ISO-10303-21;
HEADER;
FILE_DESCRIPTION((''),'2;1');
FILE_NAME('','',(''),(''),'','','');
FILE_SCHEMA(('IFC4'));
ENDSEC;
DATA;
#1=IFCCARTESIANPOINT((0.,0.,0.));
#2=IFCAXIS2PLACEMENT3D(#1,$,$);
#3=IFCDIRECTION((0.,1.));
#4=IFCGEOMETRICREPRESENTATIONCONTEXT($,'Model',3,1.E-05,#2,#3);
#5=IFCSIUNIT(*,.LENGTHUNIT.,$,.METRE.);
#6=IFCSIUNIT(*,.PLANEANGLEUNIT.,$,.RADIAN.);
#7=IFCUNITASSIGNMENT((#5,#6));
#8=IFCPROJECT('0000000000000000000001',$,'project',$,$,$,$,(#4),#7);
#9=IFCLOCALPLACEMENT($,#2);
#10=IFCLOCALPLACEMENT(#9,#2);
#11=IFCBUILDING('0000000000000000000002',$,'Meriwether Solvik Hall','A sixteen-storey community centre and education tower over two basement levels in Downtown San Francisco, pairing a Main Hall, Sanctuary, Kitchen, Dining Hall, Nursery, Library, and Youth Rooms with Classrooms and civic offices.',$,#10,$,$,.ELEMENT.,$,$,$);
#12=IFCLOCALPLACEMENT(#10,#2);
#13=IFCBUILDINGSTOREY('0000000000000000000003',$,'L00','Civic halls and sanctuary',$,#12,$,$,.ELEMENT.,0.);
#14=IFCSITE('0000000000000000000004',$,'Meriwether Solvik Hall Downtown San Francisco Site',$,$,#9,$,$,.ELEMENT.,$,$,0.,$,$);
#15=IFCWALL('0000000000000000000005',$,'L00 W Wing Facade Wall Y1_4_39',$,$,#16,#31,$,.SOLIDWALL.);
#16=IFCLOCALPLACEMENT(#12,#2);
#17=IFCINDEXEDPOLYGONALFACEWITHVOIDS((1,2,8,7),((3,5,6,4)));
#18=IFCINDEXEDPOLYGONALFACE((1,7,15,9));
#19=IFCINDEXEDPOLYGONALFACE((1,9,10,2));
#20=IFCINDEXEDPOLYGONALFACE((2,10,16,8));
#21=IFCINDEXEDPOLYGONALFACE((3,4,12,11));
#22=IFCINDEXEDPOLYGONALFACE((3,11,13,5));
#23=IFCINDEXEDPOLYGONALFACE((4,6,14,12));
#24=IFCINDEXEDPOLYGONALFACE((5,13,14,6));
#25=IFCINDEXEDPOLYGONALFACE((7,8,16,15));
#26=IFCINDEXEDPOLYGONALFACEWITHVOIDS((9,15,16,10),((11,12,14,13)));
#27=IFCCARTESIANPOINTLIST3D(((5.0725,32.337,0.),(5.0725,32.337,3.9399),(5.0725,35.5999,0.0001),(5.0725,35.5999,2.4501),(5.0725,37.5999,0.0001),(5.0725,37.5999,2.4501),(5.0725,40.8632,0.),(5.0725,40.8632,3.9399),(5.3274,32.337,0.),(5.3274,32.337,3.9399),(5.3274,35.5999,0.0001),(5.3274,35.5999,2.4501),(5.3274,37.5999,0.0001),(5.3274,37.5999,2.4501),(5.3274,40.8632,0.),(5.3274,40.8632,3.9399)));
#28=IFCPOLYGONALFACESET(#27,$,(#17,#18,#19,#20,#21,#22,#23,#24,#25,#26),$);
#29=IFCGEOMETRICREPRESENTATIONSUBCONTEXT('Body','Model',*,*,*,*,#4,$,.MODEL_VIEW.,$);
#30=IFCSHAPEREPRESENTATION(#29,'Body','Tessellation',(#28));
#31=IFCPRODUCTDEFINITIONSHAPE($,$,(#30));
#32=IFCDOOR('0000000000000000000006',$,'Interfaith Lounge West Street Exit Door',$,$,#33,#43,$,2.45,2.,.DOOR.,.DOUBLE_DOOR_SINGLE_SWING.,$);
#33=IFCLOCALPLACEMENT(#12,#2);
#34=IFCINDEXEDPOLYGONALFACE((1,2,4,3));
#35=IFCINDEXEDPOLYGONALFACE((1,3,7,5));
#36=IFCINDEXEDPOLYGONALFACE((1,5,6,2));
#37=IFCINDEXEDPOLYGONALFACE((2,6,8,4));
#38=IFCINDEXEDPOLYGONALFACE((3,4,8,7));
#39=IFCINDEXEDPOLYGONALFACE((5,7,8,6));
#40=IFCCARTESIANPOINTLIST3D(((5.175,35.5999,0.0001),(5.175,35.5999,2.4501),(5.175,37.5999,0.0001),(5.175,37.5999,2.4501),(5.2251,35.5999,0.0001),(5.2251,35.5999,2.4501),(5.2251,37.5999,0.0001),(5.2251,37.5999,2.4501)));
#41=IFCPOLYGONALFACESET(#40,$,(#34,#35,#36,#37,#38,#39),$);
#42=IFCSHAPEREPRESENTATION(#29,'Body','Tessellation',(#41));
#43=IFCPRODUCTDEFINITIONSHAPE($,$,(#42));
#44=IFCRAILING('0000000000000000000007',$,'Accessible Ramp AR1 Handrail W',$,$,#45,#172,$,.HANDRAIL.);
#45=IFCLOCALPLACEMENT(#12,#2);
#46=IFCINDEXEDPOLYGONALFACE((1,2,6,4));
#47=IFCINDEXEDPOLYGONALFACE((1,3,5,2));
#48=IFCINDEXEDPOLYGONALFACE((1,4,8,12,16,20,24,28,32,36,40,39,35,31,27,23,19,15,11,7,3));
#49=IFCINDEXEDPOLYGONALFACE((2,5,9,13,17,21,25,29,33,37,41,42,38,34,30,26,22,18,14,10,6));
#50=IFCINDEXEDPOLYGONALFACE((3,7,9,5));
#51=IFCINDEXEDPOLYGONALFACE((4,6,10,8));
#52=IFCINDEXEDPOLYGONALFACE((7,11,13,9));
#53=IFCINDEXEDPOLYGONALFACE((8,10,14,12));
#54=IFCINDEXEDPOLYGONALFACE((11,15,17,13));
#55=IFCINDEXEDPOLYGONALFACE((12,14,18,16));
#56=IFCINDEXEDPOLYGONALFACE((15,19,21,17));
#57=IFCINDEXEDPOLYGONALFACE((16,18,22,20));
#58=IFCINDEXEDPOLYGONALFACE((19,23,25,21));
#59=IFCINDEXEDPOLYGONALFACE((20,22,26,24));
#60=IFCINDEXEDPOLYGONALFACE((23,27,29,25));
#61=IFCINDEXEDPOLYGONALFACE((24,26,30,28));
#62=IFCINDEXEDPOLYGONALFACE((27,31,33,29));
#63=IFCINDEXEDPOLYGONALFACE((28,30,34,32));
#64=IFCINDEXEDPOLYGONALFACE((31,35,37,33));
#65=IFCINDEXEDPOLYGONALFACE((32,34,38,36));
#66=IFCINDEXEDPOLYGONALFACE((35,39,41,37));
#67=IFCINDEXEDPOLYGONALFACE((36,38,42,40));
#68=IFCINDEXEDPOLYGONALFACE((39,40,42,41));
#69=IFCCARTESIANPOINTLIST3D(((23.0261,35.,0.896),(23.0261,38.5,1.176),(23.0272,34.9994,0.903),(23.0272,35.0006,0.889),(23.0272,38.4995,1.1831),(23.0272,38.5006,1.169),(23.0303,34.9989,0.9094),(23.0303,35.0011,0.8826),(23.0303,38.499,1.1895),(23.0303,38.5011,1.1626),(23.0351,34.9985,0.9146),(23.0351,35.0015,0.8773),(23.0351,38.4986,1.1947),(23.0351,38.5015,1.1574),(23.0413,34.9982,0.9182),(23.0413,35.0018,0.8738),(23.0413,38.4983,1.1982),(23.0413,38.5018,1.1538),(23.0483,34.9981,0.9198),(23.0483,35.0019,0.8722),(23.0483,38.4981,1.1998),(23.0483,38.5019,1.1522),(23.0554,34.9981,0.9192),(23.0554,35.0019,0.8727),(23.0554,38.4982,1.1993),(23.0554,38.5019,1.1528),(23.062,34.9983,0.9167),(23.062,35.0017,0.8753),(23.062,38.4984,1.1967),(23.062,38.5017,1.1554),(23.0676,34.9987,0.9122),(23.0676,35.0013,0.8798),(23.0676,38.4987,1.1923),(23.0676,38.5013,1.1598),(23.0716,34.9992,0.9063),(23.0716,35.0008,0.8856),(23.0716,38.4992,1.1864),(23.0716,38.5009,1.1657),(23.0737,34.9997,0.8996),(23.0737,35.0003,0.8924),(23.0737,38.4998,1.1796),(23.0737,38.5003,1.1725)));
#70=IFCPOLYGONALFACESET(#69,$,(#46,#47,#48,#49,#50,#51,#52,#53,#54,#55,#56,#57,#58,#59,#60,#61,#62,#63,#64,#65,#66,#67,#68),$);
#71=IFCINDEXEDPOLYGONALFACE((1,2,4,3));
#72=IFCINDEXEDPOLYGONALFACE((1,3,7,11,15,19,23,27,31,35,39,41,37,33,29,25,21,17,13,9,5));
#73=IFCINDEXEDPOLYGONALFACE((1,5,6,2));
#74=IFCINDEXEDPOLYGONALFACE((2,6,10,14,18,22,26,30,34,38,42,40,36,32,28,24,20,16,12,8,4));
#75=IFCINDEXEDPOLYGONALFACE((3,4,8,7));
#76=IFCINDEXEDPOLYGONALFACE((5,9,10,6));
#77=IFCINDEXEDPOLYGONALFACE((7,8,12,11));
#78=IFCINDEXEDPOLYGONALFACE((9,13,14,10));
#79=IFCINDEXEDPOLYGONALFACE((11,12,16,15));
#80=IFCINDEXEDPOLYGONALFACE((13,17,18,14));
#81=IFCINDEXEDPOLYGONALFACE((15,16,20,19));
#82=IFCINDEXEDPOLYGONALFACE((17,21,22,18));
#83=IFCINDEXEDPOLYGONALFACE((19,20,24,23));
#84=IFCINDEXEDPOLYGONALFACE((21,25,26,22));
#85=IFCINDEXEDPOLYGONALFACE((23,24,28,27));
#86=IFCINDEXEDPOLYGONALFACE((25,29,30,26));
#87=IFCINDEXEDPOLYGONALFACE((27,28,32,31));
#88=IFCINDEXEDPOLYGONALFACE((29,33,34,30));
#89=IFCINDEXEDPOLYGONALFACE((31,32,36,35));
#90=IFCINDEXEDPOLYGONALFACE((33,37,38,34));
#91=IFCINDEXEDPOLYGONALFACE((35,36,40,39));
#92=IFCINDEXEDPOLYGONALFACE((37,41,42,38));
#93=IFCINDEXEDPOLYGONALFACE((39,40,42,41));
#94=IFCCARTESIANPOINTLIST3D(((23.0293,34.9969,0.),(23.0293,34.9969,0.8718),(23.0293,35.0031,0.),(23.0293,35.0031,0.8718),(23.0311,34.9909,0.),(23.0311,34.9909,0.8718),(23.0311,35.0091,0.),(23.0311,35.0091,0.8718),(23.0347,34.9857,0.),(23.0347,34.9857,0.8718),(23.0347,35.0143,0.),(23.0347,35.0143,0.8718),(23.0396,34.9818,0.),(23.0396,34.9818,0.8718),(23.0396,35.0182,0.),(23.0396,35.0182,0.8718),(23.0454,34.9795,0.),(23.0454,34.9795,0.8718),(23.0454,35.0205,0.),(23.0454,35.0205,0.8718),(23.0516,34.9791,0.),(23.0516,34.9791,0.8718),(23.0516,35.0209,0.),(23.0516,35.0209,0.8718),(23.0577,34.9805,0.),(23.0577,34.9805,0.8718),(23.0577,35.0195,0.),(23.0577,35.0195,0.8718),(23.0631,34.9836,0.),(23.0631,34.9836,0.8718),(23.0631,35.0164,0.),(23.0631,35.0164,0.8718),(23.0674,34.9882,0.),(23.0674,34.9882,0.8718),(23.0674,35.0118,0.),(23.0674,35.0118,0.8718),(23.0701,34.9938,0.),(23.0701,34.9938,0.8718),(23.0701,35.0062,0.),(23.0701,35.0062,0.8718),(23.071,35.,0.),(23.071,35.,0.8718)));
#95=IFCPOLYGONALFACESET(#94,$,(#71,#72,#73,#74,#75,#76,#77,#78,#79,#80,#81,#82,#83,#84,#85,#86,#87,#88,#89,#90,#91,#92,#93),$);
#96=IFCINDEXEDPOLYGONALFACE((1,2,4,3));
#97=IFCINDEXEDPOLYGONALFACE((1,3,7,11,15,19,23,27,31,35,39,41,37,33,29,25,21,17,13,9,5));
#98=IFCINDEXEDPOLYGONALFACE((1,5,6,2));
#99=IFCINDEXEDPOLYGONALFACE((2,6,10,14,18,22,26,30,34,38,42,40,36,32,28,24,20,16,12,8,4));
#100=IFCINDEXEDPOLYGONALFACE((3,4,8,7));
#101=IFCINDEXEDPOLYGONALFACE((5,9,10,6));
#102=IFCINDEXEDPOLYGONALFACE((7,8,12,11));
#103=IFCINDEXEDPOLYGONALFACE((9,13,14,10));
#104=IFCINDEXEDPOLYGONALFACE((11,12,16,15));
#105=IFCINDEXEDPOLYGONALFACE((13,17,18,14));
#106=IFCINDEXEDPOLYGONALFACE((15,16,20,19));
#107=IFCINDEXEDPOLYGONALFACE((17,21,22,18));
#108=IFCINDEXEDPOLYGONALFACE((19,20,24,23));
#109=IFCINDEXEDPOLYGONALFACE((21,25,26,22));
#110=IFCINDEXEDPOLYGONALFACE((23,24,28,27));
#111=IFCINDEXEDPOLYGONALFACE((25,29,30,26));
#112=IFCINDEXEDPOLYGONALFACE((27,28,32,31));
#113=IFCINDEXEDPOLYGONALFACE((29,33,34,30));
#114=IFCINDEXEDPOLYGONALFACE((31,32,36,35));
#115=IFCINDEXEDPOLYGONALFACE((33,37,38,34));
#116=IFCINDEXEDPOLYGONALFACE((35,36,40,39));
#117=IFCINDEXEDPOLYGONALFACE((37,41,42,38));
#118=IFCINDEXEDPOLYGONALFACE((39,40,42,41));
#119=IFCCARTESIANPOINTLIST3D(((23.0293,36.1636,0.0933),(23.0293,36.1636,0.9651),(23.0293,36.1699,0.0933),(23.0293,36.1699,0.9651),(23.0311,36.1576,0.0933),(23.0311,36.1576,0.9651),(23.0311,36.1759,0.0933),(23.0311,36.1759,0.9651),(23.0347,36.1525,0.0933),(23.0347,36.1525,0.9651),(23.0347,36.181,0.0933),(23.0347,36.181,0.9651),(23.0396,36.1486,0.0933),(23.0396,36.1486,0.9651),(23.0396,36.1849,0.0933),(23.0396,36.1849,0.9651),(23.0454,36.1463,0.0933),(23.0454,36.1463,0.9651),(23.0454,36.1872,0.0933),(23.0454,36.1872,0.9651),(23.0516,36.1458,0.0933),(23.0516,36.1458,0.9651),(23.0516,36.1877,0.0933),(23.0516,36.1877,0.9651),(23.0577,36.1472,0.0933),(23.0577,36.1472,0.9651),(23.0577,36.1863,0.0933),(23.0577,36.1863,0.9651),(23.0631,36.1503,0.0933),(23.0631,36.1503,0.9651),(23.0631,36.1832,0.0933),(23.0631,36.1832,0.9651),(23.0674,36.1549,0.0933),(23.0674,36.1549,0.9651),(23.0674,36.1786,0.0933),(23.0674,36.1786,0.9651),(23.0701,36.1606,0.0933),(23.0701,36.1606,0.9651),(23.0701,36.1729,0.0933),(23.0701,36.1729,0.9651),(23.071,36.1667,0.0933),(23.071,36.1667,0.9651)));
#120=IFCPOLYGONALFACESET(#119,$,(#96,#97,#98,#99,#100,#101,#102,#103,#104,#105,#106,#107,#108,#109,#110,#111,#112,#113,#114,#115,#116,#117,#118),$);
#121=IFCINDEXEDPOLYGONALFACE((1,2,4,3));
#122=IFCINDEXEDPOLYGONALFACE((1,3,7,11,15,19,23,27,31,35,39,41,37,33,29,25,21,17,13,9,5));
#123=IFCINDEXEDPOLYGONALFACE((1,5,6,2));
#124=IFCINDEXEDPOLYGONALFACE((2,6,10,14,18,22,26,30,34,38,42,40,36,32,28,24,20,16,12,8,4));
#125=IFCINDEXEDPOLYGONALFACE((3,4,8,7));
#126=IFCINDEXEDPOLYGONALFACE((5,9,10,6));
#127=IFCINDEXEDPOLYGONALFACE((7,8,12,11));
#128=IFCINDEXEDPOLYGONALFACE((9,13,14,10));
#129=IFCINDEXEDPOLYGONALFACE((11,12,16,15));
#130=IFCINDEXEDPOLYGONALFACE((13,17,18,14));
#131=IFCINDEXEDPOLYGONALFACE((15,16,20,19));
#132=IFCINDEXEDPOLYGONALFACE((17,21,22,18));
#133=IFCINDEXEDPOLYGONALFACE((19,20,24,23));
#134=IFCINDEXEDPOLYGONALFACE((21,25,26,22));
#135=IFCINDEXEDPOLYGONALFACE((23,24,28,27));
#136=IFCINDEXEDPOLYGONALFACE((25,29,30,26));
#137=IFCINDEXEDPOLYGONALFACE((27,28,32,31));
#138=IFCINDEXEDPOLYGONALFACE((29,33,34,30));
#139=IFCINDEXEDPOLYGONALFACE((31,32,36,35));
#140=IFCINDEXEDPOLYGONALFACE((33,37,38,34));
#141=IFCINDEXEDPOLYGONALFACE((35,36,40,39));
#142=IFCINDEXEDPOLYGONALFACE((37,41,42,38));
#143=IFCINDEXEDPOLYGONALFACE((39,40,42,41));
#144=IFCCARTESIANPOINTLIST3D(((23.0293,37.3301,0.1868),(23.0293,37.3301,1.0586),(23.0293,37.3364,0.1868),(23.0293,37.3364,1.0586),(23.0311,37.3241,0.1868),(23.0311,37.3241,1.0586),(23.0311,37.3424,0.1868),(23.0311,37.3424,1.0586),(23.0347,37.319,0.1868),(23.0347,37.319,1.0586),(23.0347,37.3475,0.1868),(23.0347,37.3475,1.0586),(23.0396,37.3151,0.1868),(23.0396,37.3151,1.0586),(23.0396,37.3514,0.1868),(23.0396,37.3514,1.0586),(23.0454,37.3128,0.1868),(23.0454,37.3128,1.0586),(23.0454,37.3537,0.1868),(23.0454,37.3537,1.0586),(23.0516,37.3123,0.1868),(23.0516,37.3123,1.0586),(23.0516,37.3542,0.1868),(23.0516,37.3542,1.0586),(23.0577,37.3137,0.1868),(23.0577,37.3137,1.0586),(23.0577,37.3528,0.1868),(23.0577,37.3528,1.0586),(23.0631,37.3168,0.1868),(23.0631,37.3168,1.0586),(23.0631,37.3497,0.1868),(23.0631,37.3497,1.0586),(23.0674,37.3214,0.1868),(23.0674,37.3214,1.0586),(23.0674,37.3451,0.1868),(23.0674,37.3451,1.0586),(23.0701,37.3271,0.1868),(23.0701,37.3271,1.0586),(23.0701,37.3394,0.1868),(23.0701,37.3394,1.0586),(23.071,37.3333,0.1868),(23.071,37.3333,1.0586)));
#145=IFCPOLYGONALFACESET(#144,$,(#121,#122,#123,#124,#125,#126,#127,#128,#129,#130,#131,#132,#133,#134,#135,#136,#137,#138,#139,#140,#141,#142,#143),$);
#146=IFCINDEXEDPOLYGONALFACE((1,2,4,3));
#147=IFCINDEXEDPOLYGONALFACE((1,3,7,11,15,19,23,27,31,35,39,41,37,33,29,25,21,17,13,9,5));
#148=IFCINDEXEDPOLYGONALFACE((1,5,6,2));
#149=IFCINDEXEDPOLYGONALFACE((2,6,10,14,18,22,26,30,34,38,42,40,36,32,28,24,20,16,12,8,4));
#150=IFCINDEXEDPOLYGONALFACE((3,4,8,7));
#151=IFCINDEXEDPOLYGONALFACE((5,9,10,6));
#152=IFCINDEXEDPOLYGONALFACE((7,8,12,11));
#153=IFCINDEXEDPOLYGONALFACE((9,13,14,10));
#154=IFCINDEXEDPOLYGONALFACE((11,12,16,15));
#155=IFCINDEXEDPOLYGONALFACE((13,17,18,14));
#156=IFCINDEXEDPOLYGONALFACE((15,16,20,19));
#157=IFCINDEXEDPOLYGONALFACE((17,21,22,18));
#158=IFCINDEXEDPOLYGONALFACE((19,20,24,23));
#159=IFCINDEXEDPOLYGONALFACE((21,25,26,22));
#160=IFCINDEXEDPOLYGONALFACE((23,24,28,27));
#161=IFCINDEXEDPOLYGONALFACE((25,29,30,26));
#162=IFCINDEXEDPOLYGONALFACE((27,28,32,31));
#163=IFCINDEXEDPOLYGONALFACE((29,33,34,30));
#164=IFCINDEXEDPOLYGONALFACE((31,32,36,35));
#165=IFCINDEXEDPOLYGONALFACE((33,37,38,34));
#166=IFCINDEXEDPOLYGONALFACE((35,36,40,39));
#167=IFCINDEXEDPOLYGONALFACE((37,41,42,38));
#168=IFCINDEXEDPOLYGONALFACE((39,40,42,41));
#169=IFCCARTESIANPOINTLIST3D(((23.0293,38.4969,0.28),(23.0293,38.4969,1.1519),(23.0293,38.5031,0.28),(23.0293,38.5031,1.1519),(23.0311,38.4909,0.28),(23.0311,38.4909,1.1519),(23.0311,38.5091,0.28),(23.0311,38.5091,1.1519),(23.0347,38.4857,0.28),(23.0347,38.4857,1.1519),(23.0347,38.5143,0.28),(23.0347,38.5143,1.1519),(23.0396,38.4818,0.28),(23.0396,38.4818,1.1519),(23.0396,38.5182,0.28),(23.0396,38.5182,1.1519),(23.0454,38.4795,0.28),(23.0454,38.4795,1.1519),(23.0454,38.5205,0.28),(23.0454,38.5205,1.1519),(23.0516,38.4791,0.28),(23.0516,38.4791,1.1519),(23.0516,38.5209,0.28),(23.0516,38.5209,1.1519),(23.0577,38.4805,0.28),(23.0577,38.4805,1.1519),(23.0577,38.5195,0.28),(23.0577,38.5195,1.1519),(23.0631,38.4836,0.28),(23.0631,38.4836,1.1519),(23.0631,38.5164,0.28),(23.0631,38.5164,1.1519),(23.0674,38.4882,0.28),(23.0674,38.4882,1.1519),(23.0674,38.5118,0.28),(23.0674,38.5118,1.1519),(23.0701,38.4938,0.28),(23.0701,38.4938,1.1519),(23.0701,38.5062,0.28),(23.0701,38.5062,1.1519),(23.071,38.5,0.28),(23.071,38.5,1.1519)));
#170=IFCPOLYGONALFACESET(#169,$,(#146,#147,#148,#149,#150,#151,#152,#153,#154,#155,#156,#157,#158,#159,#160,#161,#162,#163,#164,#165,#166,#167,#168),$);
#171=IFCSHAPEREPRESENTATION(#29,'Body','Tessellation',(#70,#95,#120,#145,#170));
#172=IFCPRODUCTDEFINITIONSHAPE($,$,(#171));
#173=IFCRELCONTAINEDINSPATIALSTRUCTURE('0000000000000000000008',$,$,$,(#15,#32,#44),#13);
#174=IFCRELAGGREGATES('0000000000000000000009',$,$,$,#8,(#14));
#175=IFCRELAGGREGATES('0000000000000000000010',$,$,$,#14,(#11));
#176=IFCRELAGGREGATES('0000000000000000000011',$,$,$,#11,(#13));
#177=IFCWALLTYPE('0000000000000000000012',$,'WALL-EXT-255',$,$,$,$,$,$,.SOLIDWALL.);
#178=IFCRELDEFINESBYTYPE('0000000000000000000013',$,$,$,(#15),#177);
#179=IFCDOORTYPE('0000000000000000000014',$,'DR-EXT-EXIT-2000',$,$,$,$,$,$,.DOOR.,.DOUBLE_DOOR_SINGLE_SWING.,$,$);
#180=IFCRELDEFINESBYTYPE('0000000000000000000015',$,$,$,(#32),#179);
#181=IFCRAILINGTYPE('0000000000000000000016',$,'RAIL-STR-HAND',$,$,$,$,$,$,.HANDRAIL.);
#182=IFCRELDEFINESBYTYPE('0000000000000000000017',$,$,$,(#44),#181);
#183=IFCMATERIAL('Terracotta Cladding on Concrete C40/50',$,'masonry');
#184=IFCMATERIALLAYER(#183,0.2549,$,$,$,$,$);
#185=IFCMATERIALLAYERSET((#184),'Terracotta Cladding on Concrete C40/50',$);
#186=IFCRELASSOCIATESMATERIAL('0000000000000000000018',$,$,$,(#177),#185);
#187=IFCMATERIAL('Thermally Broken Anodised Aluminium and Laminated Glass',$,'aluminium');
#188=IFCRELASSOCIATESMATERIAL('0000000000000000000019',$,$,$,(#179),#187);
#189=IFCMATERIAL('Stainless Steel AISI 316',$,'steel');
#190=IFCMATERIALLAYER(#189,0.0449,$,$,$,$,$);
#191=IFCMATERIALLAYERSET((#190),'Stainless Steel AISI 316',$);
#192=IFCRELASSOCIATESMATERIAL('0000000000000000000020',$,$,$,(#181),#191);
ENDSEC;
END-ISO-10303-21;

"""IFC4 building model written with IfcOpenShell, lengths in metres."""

from ifc_helpers import new_model, si_unit, direction, frame, frame_2d, origin, origin_2d, place, context, subcontext, project, spatial, rectangle, circle, extrude, material, layer, layer_set, type_object, element, fill, save


model = new_model("IFC4")

# Units and contexts
model_context = context("Model", 3, precision=1e-05, world=origin(), true_north=direction((0.0, 1.0)))
body_context = subcontext(model_context, "Body", "Model", "MODEL_VIEW")
ifc_project = project(units=[si_unit("LENGTHUNIT", "METRE"), si_unit("PLANEANGLEUNIT", "RADIAN")], contexts=[model_context])

# Site, building, storey
site_placement = place(None, origin())
site = spatial("IfcSite", under=ifc_project, at=site_placement, Name="Meriwether Solvik Hall Downtown San Francisco Site", CompositionType="ELEMENT", RefElevation=0.0)
building_placement = place(site_placement, origin())
building = spatial("IfcBuilding", under=site, at=building_placement, Name="Meriwether Solvik Hall", Description="A sixteen-storey community centre and education tower over two basement levels in Downtown San Francisco, pairing a Main Hall, Sanctuary, Kitchen, Dining Hall, Nursery, Library, and Youth Rooms with Classrooms and civic offices.", CompositionType="ELEMENT")
storey_placement = place(building_placement, origin())
storey = spatial("IfcBuildingStorey", under=building, at=storey_placement, Name="L00", Description="Civic halls and sanctuary", CompositionType="ELEMENT", Elevation=0.0)

# Wall, opening, door
ifc_material_1 = material(Name="Terracotta Cladding on Concrete C40/50", Category="masonry")
ifc_layer_1 = layer(ifc_material_1, 0.2549)
ifc_layer_set_1 = layer_set([ifc_layer_1], Name="Terracotta Cladding on Concrete C40/50")
wall_type_1 = type_object("IfcWallType", Name="WALL-EXT-255", PredefinedType="SOLIDWALL", material=ifc_layer_set_1)
wall_1_placement = place(storey_placement, frame((5.2, 32.3369, 0.0), z_axis=(0.0, 0.0, 1.0), x_axis=(0.0, 1.0, 0.0)))
wall_1 = element("IfcWall", 1, at=wall_1_placement, inside=storey, type_object=wall_type_1, Name="L00 W Wing Facade Wall Y1_4_39", PredefinedType="SOLIDWALL", context=body_context, shape_type="SweptSolid", body=[
    extrude(rectangle(XDim=8.5261, YDim=0.2549, at=frame_2d((4.2632, 0.0))), origin(), (0.0, 0.0, 1.0), 3.9399),
])
opening_1_placement = place(wall_1_placement, frame((3.2629, 0.0, 0.0)))
opening_1 = element("IfcOpeningElement", 2, at=opening_1_placement, cuts=wall_1, PredefinedType="OPENING", context=body_context, shape_type="SweptSolid", body=[
    extrude(rectangle(XDim=2.0, YDim=2.45, at=frame_2d((1.0, 1.2251))), frame((0.0, 0.1394, 0.0), z_axis=(0.0, -1.0, 0.0), x_axis=(1.0, 0.0, 0.0)), (0.0, 0.0, 1.0), 0.2788),
])
ifc_material_2 = material(Name="Thermally Broken Anodised Aluminium and Laminated Glass", Category="aluminium")
door_type_1 = type_object("IfcDoorType", Name="DR-EXT-EXIT-2000", OperationType="DOUBLE_DOOR_SINGLE_SWING", PredefinedType="DOOR", material=ifc_material_2)
door_1_placement = place(opening_1_placement, origin())
door_1 = element("IfcDoor", 3, at=door_1_placement, inside=storey, type_object=door_type_1, Name="Interfaith Lounge West Street Exit Door", OperationType="DOUBLE_DOOR_SINGLE_SWING", OverallHeight=2.45, OverallWidth=2.0, PredefinedType="DOOR", context=body_context, shape_type="SweptSolid", body=[
    extrude(rectangle(XDim=2.0, YDim=2.45, at=frame_2d((1.0, 1.2251))), frame((0.0, 0.0249, 0.0), z_axis=(0.0, -1.0, 0.0), x_axis=(1.0, 0.0, 0.0)), (0.0, 0.0, 1.0), 0.05),
])
fill(opening_1, door_1)

# Railing
ifc_material_3 = material(Name="Stainless Steel AISI 316", Category="steel")
ifc_layer_2 = layer(ifc_material_3, 0.0449)
ifc_layer_set_2 = layer_set([ifc_layer_2], Name="Stainless Steel AISI 316")
railing_type = type_object("IfcRailingType", Name="RAIL-STR-HAND", PredefinedType="HANDRAIL", material=ifc_layer_set_2)
railing_placement = place(storey_placement, frame((23.05, 35.0, 0.0)))
element("IfcRailing", 4, at=railing_placement, inside=storey, type_object=railing_type, Name="Accessible Ramp AR1 Handrail W", PredefinedType="HANDRAIL", context=body_context, shape_type="SweptSolid", body=[
    extrude(circle(Radius=0.0239, at=origin_2d()), frame((0.0, 0.0, 0.896), z_axis=(0.0, 0.996815, 0.079754), x_axis=(-1.0, 0.0, 0.0)), (0.0, 0.0, 1.0), 3.5112),
    extrude(circle(Radius=0.021, at=origin_2d()), origin(), (0.0, 0.0, 1.0), 0.8718),
    extrude(circle(Radius=0.021, at=origin_2d()), frame((0.0, 1.1667, 0.0933)), (0.0, 0.0, 1.0), 0.8718),
    extrude(circle(Radius=0.021, at=origin_2d()), frame((0.0, 2.3333, 0.1868)), (0.0, 0.0, 1.0), 0.8718),
    extrude(circle(Radius=0.021, at=origin_2d()), frame((0.0, 3.5, 0.28)), (0.0, 0.0, 1.0), 0.8718),
])

save(model, "model.ifc")
